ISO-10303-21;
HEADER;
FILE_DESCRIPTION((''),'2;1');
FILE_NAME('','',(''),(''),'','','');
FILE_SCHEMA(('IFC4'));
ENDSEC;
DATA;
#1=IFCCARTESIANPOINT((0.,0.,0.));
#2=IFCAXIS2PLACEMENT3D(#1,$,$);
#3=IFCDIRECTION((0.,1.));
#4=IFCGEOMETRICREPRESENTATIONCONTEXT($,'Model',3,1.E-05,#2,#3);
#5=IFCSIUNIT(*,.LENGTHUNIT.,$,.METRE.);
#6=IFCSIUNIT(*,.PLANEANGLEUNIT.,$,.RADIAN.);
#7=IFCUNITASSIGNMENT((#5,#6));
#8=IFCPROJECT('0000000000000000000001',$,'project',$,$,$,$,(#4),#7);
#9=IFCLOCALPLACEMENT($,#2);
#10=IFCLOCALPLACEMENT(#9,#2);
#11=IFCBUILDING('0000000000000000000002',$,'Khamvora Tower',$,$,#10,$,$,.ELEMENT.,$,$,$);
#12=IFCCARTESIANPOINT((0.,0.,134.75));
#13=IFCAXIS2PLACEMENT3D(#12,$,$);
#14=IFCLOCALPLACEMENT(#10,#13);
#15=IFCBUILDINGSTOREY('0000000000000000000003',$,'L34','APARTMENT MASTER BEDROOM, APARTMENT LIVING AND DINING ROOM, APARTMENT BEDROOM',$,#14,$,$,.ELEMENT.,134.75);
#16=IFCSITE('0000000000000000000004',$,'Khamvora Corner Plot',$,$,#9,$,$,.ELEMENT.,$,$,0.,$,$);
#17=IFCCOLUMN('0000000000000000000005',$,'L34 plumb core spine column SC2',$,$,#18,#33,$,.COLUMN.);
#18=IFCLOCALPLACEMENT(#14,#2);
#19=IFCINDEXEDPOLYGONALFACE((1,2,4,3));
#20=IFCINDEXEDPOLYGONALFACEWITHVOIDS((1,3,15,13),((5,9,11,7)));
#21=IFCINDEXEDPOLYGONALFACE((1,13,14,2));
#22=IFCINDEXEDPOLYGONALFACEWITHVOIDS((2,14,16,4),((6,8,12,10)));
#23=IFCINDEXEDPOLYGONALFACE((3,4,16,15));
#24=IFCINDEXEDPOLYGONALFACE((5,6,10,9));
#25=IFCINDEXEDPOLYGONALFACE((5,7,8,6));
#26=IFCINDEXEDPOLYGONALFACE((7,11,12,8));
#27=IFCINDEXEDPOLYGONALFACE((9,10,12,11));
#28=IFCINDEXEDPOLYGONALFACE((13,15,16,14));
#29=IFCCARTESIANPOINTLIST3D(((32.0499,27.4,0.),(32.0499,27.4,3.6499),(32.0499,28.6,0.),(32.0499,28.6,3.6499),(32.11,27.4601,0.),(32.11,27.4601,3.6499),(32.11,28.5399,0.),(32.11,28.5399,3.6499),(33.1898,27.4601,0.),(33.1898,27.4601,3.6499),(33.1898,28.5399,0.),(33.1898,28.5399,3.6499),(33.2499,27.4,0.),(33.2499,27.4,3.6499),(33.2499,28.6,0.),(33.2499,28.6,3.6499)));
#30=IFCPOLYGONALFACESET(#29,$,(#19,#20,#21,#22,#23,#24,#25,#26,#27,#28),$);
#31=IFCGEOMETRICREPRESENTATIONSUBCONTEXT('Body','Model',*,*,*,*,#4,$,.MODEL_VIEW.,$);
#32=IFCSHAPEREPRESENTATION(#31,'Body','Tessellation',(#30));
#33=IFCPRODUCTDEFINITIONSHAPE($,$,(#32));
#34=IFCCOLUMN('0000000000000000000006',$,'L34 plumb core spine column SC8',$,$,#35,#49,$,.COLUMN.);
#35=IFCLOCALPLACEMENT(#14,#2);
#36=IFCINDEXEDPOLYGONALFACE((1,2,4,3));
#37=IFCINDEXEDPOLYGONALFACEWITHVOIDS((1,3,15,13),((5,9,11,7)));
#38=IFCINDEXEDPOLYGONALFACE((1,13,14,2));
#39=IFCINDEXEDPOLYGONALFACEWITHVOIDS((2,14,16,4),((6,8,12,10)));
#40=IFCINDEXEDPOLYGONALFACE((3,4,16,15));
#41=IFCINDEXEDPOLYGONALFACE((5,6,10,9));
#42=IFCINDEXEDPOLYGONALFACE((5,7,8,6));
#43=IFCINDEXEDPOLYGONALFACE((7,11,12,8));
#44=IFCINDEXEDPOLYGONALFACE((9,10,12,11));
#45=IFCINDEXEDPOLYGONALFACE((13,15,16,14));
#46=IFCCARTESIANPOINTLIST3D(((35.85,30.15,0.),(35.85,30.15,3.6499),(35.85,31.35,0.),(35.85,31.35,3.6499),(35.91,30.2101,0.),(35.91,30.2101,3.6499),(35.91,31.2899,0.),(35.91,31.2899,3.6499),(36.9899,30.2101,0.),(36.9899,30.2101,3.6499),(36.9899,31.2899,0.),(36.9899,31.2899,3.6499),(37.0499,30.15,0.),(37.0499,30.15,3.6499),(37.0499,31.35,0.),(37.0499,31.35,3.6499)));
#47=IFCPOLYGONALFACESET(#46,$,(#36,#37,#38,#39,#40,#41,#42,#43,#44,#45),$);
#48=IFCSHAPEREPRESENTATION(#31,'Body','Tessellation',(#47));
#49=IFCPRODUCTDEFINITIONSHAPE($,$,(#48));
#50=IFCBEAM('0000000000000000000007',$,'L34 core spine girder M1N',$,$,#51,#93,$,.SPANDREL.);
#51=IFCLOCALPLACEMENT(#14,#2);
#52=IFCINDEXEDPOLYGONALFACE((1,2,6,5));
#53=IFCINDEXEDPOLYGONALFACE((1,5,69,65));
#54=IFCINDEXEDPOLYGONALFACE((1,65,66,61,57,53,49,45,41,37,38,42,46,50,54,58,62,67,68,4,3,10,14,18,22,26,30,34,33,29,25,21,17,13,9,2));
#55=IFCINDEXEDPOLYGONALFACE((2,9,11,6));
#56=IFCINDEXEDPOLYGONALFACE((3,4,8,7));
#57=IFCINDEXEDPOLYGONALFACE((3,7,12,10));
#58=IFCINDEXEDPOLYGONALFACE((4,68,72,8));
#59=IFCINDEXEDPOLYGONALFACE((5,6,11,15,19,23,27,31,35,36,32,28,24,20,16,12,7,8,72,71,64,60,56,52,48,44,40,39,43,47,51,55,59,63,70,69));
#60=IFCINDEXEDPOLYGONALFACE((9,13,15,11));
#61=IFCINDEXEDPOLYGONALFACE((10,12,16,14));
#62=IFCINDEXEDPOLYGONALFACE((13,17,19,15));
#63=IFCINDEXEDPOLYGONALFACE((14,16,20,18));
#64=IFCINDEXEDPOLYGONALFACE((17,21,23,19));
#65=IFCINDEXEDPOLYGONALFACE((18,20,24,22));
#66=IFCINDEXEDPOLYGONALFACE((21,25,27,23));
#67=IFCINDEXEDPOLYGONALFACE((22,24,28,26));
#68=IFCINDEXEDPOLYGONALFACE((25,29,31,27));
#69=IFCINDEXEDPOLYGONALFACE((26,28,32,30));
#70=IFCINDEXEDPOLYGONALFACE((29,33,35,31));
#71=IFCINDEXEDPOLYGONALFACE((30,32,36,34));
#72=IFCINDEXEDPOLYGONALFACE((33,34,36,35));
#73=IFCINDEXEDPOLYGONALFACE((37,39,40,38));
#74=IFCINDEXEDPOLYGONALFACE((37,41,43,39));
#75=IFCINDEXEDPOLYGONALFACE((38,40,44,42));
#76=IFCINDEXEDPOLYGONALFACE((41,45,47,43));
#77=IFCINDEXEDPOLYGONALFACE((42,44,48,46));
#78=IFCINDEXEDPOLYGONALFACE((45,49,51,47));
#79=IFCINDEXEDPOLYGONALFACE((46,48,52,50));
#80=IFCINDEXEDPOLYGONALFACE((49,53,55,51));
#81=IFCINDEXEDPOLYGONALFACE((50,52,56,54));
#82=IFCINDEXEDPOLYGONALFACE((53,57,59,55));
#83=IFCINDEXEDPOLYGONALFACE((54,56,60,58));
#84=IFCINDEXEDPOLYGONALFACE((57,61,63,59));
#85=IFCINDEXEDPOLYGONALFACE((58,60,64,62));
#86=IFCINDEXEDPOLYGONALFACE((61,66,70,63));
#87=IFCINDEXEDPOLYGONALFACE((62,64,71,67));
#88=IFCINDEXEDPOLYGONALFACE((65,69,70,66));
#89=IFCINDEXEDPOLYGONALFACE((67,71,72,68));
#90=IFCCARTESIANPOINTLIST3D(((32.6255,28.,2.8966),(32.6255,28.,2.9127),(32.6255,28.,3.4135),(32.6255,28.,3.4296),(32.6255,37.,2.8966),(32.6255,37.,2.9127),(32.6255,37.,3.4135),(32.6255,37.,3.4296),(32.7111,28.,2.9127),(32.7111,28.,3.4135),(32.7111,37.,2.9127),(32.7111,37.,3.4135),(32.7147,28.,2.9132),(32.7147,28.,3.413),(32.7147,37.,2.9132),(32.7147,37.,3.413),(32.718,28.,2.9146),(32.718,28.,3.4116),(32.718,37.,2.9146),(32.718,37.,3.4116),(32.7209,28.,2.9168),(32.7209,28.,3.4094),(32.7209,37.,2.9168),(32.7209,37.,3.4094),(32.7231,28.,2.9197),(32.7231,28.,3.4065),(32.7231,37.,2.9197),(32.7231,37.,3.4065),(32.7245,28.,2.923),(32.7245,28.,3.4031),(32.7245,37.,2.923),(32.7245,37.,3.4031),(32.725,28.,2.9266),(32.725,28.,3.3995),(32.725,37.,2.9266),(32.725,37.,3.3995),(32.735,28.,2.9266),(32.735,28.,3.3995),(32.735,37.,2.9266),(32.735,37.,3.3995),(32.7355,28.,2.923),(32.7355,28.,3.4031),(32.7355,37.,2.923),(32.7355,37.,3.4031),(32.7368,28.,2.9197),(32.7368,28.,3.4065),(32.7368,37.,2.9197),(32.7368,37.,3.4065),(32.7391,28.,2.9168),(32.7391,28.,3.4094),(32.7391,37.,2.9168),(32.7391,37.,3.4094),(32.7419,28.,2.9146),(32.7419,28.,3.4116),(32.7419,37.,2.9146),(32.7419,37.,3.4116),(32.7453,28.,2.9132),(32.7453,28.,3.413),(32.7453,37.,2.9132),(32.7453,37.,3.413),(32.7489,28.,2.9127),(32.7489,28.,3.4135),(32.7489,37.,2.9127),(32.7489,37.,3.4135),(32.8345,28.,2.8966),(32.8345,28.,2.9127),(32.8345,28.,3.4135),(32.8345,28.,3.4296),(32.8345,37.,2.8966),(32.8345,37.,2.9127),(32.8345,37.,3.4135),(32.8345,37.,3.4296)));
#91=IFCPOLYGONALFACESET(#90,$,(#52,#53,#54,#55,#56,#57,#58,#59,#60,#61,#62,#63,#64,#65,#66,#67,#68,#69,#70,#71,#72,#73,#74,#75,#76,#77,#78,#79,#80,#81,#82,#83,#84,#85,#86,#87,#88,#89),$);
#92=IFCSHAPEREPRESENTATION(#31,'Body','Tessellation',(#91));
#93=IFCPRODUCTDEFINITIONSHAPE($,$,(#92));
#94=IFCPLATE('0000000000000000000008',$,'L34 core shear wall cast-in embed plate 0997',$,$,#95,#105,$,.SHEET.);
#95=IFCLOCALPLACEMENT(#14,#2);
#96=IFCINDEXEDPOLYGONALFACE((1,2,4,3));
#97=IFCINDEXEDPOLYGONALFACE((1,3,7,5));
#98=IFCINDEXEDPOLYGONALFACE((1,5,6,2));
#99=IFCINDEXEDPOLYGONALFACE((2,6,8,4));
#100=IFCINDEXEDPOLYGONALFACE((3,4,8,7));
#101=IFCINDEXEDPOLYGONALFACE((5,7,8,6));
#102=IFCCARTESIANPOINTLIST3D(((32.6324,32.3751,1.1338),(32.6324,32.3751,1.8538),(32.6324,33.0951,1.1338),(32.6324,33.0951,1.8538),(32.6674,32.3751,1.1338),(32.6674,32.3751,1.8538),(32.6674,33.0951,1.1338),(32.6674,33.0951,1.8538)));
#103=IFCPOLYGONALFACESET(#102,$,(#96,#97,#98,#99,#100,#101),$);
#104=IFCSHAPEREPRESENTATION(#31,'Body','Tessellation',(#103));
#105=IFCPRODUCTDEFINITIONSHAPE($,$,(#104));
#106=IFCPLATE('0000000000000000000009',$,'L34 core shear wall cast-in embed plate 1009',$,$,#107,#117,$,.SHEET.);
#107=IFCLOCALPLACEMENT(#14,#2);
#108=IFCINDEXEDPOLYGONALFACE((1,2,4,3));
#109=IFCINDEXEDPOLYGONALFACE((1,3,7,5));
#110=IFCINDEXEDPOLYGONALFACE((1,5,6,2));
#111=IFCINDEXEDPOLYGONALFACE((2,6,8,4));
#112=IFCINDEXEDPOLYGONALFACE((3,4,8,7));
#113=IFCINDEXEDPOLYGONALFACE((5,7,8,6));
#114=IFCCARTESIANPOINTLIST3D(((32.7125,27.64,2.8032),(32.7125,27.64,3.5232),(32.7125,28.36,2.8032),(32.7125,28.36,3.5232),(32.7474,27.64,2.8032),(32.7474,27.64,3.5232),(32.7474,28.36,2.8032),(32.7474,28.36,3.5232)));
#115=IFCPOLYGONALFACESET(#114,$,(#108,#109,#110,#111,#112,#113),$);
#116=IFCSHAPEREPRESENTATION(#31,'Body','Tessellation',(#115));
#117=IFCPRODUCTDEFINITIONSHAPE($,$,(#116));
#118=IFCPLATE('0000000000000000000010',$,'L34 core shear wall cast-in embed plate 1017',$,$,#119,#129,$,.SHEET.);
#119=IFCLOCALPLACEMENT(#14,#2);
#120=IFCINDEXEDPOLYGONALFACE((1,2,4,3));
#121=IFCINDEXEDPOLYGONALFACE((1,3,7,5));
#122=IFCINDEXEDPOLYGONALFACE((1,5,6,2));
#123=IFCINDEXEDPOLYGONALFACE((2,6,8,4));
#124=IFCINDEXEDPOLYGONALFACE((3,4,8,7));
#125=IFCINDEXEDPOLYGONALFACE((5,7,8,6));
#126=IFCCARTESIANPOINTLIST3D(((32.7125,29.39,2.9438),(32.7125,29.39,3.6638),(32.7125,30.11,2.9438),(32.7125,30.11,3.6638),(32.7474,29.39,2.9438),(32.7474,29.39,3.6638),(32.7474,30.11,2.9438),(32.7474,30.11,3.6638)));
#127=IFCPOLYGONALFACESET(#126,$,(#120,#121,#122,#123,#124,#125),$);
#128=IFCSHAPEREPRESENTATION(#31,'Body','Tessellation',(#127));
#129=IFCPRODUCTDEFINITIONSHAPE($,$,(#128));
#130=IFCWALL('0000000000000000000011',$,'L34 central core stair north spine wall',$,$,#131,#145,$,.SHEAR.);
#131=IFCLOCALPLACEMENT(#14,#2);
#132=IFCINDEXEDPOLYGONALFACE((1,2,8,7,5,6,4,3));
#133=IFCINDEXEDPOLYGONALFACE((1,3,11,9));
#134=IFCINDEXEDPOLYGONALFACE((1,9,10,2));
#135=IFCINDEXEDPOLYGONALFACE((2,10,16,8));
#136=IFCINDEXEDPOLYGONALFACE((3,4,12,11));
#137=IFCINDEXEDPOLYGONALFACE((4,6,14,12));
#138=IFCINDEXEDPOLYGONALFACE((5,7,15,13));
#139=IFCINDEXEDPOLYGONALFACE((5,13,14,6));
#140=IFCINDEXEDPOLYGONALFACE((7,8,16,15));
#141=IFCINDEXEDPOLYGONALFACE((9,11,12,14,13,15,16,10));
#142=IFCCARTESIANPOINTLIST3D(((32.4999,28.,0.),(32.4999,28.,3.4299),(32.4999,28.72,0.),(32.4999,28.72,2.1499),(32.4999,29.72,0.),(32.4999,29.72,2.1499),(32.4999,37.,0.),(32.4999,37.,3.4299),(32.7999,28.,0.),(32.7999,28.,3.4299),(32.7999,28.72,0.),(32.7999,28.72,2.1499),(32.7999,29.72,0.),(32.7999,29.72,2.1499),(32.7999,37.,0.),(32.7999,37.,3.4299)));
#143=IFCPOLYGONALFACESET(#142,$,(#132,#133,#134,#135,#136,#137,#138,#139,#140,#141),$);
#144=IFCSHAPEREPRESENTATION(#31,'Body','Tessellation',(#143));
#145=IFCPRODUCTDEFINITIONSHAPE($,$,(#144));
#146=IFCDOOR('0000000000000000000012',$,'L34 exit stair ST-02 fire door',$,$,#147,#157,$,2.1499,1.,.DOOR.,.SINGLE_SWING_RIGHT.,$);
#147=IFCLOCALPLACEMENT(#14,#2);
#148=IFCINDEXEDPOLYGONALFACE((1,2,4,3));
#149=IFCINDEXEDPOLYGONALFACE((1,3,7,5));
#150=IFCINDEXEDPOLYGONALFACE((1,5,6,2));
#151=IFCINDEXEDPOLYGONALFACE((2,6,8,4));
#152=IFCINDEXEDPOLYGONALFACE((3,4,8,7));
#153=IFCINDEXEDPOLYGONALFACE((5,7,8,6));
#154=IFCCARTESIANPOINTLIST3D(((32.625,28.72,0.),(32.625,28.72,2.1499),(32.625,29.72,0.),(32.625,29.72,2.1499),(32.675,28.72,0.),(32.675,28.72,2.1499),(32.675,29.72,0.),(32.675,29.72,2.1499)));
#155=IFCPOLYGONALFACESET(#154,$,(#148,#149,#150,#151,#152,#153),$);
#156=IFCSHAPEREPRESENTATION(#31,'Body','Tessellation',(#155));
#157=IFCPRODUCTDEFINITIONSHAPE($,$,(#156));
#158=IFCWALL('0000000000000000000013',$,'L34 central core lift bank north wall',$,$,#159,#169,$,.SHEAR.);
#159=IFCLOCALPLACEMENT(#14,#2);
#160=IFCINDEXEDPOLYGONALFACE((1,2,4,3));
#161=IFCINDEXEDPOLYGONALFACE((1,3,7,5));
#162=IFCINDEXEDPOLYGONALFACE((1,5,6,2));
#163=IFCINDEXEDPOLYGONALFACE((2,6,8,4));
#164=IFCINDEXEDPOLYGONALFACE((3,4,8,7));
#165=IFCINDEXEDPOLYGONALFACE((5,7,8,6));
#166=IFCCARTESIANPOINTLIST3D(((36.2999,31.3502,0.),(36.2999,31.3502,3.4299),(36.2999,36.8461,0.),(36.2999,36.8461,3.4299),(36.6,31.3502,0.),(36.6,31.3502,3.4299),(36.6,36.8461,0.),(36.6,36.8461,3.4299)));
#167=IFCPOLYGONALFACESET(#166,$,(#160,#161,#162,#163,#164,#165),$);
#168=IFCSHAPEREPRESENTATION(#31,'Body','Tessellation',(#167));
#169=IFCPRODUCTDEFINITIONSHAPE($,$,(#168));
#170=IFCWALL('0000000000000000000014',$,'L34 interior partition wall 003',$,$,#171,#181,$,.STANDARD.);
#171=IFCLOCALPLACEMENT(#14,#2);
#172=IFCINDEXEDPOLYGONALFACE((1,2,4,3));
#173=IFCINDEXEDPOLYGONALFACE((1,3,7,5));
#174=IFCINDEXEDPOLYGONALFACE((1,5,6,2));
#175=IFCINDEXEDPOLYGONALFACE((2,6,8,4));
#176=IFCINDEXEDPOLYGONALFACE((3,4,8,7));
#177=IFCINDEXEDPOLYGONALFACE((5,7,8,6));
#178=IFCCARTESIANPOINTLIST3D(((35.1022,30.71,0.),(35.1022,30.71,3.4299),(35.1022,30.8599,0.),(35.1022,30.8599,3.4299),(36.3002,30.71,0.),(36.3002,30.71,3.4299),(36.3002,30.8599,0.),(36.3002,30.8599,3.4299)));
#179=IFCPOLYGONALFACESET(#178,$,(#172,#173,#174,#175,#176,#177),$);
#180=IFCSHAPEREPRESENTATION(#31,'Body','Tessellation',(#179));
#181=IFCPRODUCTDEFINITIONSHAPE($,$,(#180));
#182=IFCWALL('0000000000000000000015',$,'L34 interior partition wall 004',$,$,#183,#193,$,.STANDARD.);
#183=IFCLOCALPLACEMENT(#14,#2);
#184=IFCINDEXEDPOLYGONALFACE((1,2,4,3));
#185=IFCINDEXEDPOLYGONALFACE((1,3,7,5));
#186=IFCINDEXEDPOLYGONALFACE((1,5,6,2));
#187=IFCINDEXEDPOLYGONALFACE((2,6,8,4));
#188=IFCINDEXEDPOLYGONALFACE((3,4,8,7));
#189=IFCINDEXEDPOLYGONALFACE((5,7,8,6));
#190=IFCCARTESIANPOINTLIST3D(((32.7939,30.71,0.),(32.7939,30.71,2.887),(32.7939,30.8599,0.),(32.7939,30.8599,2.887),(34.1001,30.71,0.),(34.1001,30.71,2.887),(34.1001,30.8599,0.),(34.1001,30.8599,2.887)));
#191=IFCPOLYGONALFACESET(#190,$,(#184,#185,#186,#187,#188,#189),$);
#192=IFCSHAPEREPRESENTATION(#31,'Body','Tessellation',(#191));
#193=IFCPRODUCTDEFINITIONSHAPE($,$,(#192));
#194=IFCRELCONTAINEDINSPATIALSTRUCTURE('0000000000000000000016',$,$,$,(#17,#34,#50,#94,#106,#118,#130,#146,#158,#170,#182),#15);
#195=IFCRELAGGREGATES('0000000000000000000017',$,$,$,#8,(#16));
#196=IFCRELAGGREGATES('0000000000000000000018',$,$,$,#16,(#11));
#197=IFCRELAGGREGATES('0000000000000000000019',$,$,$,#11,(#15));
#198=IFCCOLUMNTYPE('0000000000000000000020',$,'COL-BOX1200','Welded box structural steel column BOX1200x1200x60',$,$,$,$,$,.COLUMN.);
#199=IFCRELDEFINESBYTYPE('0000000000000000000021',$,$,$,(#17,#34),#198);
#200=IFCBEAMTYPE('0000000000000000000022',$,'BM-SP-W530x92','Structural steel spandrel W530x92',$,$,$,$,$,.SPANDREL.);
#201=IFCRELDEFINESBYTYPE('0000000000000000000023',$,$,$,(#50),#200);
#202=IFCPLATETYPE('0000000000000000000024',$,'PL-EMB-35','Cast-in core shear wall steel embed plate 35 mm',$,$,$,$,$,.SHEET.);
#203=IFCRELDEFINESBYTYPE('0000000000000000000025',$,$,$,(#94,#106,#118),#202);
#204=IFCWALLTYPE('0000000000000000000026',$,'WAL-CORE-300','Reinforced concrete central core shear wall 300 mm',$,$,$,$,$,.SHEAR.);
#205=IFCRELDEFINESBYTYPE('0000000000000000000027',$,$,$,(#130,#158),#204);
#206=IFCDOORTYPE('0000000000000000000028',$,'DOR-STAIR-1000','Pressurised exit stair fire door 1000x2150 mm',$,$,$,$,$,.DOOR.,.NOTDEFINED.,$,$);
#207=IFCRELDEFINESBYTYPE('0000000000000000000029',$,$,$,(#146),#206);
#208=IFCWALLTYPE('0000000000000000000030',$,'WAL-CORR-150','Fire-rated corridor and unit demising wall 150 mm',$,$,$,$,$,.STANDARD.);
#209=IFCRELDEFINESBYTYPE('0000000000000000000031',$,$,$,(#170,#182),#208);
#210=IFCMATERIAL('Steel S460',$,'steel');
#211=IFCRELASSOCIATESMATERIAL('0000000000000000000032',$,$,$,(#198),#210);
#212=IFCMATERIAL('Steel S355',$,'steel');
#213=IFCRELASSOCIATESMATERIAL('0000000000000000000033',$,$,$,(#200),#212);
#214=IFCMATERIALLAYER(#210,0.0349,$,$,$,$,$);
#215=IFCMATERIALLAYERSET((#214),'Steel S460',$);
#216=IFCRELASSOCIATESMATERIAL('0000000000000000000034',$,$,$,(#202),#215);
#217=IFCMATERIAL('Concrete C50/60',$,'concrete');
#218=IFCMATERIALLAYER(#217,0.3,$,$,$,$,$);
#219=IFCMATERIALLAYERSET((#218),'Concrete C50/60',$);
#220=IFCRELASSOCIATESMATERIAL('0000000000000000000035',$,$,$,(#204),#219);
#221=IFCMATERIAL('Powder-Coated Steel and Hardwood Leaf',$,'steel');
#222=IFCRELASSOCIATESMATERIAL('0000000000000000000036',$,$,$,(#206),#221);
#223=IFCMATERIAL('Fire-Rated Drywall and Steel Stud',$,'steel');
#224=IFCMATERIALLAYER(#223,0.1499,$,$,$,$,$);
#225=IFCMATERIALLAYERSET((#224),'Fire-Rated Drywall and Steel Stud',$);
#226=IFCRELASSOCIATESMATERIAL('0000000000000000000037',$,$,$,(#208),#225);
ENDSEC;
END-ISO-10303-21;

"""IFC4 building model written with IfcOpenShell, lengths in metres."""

from ifc_helpers import new_model, si_unit, direction, frame, frame_2d, origin, origin_2d, place, context, subcontext, project, spatial, rectangle, hollow_rectangle, i_section, extrude, material, layer, layer_set, material_profile, profile_set, type_object, element, fill, save


model = new_model("IFC4")

# Units and contexts
model_context = context("Model", 3, precision=1e-05, world=origin(), true_north=direction((0.0, 1.0)))
body_context = subcontext(model_context, "Body", "Model", "MODEL_VIEW")
ifc_project = project(units=[si_unit("LENGTHUNIT", "METRE"), si_unit("PLANEANGLEUNIT", "RADIAN")], contexts=[model_context])

# Site, building, storey
site_placement = place(None, origin())
site = spatial("IfcSite", under=ifc_project, at=site_placement, Name="Khamvora Corner Plot", CompositionType="ELEMENT", RefElevation=0.0)
building_placement = place(site_placement, origin())
building = spatial("IfcBuilding", under=site, at=building_placement, Name="Khamvora Tower", CompositionType="ELEMENT")
storey_placement = place(building_placement, frame((0.0, 0.0, 134.75)))
storey = spatial("IfcBuildingStorey", under=building, at=storey_placement, Name="L34", Description="APARTMENT MASTER BEDROOM, APARTMENT LIVING AND DINING ROOM, APARTMENT BEDROOM", CompositionType="ELEMENT", Elevation=134.75)

# Columns
ifc_material_1 = material(Name="Steel S460", Category="steel")
ifc_material_profile_1 = material_profile(ifc_material_1, hollow_rectangle(XDim=1.2, YDim=1.2, WallThickness=0.0601, at=origin_2d()), Name="BOX1200x1200x60")
ifc_profile_set_1 = profile_set([ifc_material_profile_1], Name="Steel S460")
column_type = type_object("IfcColumnType", Name="COL-BOX1200", Description="Welded box structural steel column BOX1200x1200x60", PredefinedType="COLUMN", material=ifc_profile_set_1)
for number, where, z_axis, x_axis, name in (
    (1, (32.6499, 28.0, 0.0), (0.0, 0.0, 1.0), (1.0, 0.0, 0.0), "L34 plumb core spine column SC2"),
    (2, (36.45, 30.75, 0.0), (0.0, 0.0, 1.0), (1.0, 0.0, 0.0), "L34 plumb core spine column SC8"),
):
    element("IfcColumn", number, at=place(storey_placement, frame(where, z_axis=z_axis, x_axis=x_axis)), inside=storey, type_object=column_type, Name=name, PredefinedType="COLUMN", context=body_context, shape_type="SweptSolid", body=[
        extrude(hollow_rectangle(XDim=1.2, YDim=1.2, WallThickness=0.0601, at=origin_2d()), origin(), (0.0, 0.0, 1.0), 3.6499),
    ])

# Beam
ifc_material_2 = material(Name="Steel S355", Category="steel")
ifc_material_profile_2 = material_profile(ifc_material_2, i_section(OverallWidth=0.209, OverallDepth=0.533, WebThickness=0.01, FlangeThickness=0.0161, FilletRadius=0.0139, at=origin_2d()), Name="W530x92")
ifc_profile_set_2 = profile_set([ifc_material_profile_2], Name="Steel S355")
beam_type = type_object("IfcBeamType", Name="BM-SP-W530x92", Description="Structural steel spandrel W530x92", PredefinedType="SPANDREL", material=ifc_profile_set_2)
beam_placement = place(storey_placement, frame((32.73, 28.0, 3.1631), z_axis=(0.0, 1.0, 0.0), x_axis=(-1.0, 0.0, 0.0)))
element("IfcBeam", 3, at=beam_placement, inside=storey, type_object=beam_type, Name="L34 core spine girder M1N", PredefinedType="SPANDREL", context=body_context, shape_type="SweptSolid", body=[
    extrude(i_section(OverallWidth=0.209, OverallDepth=0.533, WebThickness=0.01, FlangeThickness=0.0161, FilletRadius=0.0139, at=origin_2d()), origin(), (0.0, 0.0, 1.0), 9.0),
])

# Plates
ifc_layer_1 = layer(ifc_material_1, 0.0349)
ifc_layer_set_1 = layer_set([ifc_layer_1], Name="Steel S460")
plate_type = type_object("IfcPlateType", Name="PL-EMB-35", Description="Cast-in core shear wall steel embed plate 35 mm", PredefinedType="SHEET", material=ifc_layer_set_1)
for number, where, z_axis, x_axis, name in (
    (4, (32.6499, 32.7351, 1.1338), (0.0, 0.0, 1.0), (1.0, 0.0, 0.0), "L34 core shear wall cast-in embed plate 0997"),
    (5, (32.73, 28.0, 2.8032), (0.0, 0.0, 1.0), (1.0, 0.0, 0.0), "L34 core shear wall cast-in embed plate 1009"),
    (6, (32.73, 29.75, 2.9438), (0.0, 0.0, 1.0), (1.0, 0.0, 0.0), "L34 core shear wall cast-in embed plate 1017"),
):
    element("IfcPlate", number, at=place(storey_placement, frame(where, z_axis=z_axis, x_axis=x_axis)), inside=storey, type_object=plate_type, Name=name, PredefinedType="SHEET", context=body_context, shape_type="SweptSolid", body=[
        extrude(rectangle(XDim=0.0349, YDim=0.72, at=origin_2d()), origin(), (0.0, 0.0, 1.0), 0.72),
    ])

# Wall, opening, door
ifc_material_3 = material(Name="Concrete C50/60", Category="concrete")
ifc_layer_2 = layer(ifc_material_3, 0.3)
ifc_layer_set_2 = layer_set([ifc_layer_2], Name="Concrete C50/60")
wall_type_1 = type_object("IfcWallType", Name="WAL-CORE-300", Description="Reinforced concrete central core shear wall 300 mm", PredefinedType="SHEAR", material=ifc_layer_set_2)
wall_1_placement = place(storey_placement, frame((32.6499, 28.0, 0.0), z_axis=(0.0, 0.0, 1.0), x_axis=(0.0, 1.0, 0.0)))
wall_1 = element("IfcWall", 7, at=wall_1_placement, inside=storey, type_object=wall_type_1, Name="L34 central core stair north spine wall", PredefinedType="SHEAR", context=body_context, shape_type="SweptSolid", body=[
    extrude(rectangle(XDim=9.0, YDim=0.3, at=frame_2d((4.5, 0.0))), origin(), (0.0, 0.0, 1.0), 3.4299),
])
opening_1_placement = place(wall_1_placement, frame((0.72, 0.0, 0.0)))
opening_1 = element("IfcOpeningElement", 8, at=opening_1_placement, cuts=wall_1, PredefinedType="OPENING", context=body_context, shape_type="SweptSolid", body=[
    extrude(rectangle(XDim=1.0, YDim=2.1499, at=frame_2d((0.5, 1.075))), frame((0.0, 0.1599, 0.0), z_axis=(0.0, -1.0, 0.0), x_axis=(1.0, 0.0, 0.0)), (0.0, 0.0, 1.0), 0.3201),
])
ifc_material_4 = material(Name="Powder-Coated Steel and Hardwood Leaf", Category="steel")
door_type_1 = type_object("IfcDoorType", Name="DOR-STAIR-1000", Description="Pressurised exit stair fire door 1000x2150 mm", OperationType="NOTDEFINED", PredefinedType="DOOR", material=ifc_material_4)
door_1_placement = place(opening_1_placement, origin())
door_1 = element("IfcDoor", 9, at=door_1_placement, inside=storey, type_object=door_type_1, Name="L34 exit stair ST-02 fire door", OperationType="SINGLE_SWING_RIGHT", OverallHeight=2.1499, OverallWidth=1.0, PredefinedType="DOOR", context=body_context, shape_type="SweptSolid", body=[
    extrude(rectangle(XDim=1.0, YDim=2.1499, at=frame_2d((0.5, 1.075))), frame((0.0, 0.0249, 0.0), z_axis=(0.0, -1.0, 0.0), x_axis=(1.0, 0.0, 0.0)), (0.0, 0.0, 1.0), 0.05),
])
fill(opening_1, door_1)

# Walls
wall_2_placement = place(storey_placement, frame((36.45, 31.3501, 0.0), z_axis=(0.0, 0.0, 1.0), x_axis=(0.0, 1.0, 0.0)))
element("IfcWall", 10, at=wall_2_placement, inside=storey, type_object=wall_type_1, Name="L34 central core lift bank north wall", PredefinedType="SHEAR", context=body_context, shape_type="SweptSolid", body=[
    extrude(rectangle(XDim=5.4958, YDim=0.3, at=frame_2d((2.748, 0.0))), origin(), (0.0, 0.0, 1.0), 3.4299),
])
ifc_material_5 = material(Name="Fire-Rated Drywall and Steel Stud", Category="steel")
ifc_layer_3 = layer(ifc_material_5, 0.1499)
ifc_layer_set_3 = layer_set([ifc_layer_3], Name="Fire-Rated Drywall and Steel Stud")
wall_type_2 = type_object("IfcWallType", Name="WAL-CORR-150", Description="Fire-rated corridor and unit demising wall 150 mm", PredefinedType="STANDARD", material=ifc_layer_set_3)
wall_3_placement = place(storey_placement, frame((35.1021, 30.7849, 0.0), z_axis=(0.0, 0.0, 1.0), x_axis=(1.0, 0.0, 0.0)))
element("IfcWall", 11, at=wall_3_placement, inside=storey, type_object=wall_type_2, Name="L34 interior partition wall 003", PredefinedType="STANDARD", context=body_context, shape_type="SweptSolid", body=[
    extrude(rectangle(XDim=1.198, YDim=0.1499, at=frame_2d((0.5991, 0.0))), origin(), (0.0, 0.0, 1.0), 3.4299),
])
wall_4_placement = place(storey_placement, frame((32.7939, 30.7849, 0.0), z_axis=(0.0, 0.0, 1.0), x_axis=(1.0, 0.0, 0.0)))
element("IfcWall", 12, at=wall_4_placement, inside=storey, type_object=wall_type_2, Name="L34 interior partition wall 004", PredefinedType="STANDARD", context=body_context, shape_type="SweptSolid", body=[
    extrude(rectangle(XDim=1.3062, YDim=0.1499, at=frame_2d((0.6531, 0.0))), origin(), (0.0, 0.0, 1.0), 2.887),
])

save(model, "model.ifc")
